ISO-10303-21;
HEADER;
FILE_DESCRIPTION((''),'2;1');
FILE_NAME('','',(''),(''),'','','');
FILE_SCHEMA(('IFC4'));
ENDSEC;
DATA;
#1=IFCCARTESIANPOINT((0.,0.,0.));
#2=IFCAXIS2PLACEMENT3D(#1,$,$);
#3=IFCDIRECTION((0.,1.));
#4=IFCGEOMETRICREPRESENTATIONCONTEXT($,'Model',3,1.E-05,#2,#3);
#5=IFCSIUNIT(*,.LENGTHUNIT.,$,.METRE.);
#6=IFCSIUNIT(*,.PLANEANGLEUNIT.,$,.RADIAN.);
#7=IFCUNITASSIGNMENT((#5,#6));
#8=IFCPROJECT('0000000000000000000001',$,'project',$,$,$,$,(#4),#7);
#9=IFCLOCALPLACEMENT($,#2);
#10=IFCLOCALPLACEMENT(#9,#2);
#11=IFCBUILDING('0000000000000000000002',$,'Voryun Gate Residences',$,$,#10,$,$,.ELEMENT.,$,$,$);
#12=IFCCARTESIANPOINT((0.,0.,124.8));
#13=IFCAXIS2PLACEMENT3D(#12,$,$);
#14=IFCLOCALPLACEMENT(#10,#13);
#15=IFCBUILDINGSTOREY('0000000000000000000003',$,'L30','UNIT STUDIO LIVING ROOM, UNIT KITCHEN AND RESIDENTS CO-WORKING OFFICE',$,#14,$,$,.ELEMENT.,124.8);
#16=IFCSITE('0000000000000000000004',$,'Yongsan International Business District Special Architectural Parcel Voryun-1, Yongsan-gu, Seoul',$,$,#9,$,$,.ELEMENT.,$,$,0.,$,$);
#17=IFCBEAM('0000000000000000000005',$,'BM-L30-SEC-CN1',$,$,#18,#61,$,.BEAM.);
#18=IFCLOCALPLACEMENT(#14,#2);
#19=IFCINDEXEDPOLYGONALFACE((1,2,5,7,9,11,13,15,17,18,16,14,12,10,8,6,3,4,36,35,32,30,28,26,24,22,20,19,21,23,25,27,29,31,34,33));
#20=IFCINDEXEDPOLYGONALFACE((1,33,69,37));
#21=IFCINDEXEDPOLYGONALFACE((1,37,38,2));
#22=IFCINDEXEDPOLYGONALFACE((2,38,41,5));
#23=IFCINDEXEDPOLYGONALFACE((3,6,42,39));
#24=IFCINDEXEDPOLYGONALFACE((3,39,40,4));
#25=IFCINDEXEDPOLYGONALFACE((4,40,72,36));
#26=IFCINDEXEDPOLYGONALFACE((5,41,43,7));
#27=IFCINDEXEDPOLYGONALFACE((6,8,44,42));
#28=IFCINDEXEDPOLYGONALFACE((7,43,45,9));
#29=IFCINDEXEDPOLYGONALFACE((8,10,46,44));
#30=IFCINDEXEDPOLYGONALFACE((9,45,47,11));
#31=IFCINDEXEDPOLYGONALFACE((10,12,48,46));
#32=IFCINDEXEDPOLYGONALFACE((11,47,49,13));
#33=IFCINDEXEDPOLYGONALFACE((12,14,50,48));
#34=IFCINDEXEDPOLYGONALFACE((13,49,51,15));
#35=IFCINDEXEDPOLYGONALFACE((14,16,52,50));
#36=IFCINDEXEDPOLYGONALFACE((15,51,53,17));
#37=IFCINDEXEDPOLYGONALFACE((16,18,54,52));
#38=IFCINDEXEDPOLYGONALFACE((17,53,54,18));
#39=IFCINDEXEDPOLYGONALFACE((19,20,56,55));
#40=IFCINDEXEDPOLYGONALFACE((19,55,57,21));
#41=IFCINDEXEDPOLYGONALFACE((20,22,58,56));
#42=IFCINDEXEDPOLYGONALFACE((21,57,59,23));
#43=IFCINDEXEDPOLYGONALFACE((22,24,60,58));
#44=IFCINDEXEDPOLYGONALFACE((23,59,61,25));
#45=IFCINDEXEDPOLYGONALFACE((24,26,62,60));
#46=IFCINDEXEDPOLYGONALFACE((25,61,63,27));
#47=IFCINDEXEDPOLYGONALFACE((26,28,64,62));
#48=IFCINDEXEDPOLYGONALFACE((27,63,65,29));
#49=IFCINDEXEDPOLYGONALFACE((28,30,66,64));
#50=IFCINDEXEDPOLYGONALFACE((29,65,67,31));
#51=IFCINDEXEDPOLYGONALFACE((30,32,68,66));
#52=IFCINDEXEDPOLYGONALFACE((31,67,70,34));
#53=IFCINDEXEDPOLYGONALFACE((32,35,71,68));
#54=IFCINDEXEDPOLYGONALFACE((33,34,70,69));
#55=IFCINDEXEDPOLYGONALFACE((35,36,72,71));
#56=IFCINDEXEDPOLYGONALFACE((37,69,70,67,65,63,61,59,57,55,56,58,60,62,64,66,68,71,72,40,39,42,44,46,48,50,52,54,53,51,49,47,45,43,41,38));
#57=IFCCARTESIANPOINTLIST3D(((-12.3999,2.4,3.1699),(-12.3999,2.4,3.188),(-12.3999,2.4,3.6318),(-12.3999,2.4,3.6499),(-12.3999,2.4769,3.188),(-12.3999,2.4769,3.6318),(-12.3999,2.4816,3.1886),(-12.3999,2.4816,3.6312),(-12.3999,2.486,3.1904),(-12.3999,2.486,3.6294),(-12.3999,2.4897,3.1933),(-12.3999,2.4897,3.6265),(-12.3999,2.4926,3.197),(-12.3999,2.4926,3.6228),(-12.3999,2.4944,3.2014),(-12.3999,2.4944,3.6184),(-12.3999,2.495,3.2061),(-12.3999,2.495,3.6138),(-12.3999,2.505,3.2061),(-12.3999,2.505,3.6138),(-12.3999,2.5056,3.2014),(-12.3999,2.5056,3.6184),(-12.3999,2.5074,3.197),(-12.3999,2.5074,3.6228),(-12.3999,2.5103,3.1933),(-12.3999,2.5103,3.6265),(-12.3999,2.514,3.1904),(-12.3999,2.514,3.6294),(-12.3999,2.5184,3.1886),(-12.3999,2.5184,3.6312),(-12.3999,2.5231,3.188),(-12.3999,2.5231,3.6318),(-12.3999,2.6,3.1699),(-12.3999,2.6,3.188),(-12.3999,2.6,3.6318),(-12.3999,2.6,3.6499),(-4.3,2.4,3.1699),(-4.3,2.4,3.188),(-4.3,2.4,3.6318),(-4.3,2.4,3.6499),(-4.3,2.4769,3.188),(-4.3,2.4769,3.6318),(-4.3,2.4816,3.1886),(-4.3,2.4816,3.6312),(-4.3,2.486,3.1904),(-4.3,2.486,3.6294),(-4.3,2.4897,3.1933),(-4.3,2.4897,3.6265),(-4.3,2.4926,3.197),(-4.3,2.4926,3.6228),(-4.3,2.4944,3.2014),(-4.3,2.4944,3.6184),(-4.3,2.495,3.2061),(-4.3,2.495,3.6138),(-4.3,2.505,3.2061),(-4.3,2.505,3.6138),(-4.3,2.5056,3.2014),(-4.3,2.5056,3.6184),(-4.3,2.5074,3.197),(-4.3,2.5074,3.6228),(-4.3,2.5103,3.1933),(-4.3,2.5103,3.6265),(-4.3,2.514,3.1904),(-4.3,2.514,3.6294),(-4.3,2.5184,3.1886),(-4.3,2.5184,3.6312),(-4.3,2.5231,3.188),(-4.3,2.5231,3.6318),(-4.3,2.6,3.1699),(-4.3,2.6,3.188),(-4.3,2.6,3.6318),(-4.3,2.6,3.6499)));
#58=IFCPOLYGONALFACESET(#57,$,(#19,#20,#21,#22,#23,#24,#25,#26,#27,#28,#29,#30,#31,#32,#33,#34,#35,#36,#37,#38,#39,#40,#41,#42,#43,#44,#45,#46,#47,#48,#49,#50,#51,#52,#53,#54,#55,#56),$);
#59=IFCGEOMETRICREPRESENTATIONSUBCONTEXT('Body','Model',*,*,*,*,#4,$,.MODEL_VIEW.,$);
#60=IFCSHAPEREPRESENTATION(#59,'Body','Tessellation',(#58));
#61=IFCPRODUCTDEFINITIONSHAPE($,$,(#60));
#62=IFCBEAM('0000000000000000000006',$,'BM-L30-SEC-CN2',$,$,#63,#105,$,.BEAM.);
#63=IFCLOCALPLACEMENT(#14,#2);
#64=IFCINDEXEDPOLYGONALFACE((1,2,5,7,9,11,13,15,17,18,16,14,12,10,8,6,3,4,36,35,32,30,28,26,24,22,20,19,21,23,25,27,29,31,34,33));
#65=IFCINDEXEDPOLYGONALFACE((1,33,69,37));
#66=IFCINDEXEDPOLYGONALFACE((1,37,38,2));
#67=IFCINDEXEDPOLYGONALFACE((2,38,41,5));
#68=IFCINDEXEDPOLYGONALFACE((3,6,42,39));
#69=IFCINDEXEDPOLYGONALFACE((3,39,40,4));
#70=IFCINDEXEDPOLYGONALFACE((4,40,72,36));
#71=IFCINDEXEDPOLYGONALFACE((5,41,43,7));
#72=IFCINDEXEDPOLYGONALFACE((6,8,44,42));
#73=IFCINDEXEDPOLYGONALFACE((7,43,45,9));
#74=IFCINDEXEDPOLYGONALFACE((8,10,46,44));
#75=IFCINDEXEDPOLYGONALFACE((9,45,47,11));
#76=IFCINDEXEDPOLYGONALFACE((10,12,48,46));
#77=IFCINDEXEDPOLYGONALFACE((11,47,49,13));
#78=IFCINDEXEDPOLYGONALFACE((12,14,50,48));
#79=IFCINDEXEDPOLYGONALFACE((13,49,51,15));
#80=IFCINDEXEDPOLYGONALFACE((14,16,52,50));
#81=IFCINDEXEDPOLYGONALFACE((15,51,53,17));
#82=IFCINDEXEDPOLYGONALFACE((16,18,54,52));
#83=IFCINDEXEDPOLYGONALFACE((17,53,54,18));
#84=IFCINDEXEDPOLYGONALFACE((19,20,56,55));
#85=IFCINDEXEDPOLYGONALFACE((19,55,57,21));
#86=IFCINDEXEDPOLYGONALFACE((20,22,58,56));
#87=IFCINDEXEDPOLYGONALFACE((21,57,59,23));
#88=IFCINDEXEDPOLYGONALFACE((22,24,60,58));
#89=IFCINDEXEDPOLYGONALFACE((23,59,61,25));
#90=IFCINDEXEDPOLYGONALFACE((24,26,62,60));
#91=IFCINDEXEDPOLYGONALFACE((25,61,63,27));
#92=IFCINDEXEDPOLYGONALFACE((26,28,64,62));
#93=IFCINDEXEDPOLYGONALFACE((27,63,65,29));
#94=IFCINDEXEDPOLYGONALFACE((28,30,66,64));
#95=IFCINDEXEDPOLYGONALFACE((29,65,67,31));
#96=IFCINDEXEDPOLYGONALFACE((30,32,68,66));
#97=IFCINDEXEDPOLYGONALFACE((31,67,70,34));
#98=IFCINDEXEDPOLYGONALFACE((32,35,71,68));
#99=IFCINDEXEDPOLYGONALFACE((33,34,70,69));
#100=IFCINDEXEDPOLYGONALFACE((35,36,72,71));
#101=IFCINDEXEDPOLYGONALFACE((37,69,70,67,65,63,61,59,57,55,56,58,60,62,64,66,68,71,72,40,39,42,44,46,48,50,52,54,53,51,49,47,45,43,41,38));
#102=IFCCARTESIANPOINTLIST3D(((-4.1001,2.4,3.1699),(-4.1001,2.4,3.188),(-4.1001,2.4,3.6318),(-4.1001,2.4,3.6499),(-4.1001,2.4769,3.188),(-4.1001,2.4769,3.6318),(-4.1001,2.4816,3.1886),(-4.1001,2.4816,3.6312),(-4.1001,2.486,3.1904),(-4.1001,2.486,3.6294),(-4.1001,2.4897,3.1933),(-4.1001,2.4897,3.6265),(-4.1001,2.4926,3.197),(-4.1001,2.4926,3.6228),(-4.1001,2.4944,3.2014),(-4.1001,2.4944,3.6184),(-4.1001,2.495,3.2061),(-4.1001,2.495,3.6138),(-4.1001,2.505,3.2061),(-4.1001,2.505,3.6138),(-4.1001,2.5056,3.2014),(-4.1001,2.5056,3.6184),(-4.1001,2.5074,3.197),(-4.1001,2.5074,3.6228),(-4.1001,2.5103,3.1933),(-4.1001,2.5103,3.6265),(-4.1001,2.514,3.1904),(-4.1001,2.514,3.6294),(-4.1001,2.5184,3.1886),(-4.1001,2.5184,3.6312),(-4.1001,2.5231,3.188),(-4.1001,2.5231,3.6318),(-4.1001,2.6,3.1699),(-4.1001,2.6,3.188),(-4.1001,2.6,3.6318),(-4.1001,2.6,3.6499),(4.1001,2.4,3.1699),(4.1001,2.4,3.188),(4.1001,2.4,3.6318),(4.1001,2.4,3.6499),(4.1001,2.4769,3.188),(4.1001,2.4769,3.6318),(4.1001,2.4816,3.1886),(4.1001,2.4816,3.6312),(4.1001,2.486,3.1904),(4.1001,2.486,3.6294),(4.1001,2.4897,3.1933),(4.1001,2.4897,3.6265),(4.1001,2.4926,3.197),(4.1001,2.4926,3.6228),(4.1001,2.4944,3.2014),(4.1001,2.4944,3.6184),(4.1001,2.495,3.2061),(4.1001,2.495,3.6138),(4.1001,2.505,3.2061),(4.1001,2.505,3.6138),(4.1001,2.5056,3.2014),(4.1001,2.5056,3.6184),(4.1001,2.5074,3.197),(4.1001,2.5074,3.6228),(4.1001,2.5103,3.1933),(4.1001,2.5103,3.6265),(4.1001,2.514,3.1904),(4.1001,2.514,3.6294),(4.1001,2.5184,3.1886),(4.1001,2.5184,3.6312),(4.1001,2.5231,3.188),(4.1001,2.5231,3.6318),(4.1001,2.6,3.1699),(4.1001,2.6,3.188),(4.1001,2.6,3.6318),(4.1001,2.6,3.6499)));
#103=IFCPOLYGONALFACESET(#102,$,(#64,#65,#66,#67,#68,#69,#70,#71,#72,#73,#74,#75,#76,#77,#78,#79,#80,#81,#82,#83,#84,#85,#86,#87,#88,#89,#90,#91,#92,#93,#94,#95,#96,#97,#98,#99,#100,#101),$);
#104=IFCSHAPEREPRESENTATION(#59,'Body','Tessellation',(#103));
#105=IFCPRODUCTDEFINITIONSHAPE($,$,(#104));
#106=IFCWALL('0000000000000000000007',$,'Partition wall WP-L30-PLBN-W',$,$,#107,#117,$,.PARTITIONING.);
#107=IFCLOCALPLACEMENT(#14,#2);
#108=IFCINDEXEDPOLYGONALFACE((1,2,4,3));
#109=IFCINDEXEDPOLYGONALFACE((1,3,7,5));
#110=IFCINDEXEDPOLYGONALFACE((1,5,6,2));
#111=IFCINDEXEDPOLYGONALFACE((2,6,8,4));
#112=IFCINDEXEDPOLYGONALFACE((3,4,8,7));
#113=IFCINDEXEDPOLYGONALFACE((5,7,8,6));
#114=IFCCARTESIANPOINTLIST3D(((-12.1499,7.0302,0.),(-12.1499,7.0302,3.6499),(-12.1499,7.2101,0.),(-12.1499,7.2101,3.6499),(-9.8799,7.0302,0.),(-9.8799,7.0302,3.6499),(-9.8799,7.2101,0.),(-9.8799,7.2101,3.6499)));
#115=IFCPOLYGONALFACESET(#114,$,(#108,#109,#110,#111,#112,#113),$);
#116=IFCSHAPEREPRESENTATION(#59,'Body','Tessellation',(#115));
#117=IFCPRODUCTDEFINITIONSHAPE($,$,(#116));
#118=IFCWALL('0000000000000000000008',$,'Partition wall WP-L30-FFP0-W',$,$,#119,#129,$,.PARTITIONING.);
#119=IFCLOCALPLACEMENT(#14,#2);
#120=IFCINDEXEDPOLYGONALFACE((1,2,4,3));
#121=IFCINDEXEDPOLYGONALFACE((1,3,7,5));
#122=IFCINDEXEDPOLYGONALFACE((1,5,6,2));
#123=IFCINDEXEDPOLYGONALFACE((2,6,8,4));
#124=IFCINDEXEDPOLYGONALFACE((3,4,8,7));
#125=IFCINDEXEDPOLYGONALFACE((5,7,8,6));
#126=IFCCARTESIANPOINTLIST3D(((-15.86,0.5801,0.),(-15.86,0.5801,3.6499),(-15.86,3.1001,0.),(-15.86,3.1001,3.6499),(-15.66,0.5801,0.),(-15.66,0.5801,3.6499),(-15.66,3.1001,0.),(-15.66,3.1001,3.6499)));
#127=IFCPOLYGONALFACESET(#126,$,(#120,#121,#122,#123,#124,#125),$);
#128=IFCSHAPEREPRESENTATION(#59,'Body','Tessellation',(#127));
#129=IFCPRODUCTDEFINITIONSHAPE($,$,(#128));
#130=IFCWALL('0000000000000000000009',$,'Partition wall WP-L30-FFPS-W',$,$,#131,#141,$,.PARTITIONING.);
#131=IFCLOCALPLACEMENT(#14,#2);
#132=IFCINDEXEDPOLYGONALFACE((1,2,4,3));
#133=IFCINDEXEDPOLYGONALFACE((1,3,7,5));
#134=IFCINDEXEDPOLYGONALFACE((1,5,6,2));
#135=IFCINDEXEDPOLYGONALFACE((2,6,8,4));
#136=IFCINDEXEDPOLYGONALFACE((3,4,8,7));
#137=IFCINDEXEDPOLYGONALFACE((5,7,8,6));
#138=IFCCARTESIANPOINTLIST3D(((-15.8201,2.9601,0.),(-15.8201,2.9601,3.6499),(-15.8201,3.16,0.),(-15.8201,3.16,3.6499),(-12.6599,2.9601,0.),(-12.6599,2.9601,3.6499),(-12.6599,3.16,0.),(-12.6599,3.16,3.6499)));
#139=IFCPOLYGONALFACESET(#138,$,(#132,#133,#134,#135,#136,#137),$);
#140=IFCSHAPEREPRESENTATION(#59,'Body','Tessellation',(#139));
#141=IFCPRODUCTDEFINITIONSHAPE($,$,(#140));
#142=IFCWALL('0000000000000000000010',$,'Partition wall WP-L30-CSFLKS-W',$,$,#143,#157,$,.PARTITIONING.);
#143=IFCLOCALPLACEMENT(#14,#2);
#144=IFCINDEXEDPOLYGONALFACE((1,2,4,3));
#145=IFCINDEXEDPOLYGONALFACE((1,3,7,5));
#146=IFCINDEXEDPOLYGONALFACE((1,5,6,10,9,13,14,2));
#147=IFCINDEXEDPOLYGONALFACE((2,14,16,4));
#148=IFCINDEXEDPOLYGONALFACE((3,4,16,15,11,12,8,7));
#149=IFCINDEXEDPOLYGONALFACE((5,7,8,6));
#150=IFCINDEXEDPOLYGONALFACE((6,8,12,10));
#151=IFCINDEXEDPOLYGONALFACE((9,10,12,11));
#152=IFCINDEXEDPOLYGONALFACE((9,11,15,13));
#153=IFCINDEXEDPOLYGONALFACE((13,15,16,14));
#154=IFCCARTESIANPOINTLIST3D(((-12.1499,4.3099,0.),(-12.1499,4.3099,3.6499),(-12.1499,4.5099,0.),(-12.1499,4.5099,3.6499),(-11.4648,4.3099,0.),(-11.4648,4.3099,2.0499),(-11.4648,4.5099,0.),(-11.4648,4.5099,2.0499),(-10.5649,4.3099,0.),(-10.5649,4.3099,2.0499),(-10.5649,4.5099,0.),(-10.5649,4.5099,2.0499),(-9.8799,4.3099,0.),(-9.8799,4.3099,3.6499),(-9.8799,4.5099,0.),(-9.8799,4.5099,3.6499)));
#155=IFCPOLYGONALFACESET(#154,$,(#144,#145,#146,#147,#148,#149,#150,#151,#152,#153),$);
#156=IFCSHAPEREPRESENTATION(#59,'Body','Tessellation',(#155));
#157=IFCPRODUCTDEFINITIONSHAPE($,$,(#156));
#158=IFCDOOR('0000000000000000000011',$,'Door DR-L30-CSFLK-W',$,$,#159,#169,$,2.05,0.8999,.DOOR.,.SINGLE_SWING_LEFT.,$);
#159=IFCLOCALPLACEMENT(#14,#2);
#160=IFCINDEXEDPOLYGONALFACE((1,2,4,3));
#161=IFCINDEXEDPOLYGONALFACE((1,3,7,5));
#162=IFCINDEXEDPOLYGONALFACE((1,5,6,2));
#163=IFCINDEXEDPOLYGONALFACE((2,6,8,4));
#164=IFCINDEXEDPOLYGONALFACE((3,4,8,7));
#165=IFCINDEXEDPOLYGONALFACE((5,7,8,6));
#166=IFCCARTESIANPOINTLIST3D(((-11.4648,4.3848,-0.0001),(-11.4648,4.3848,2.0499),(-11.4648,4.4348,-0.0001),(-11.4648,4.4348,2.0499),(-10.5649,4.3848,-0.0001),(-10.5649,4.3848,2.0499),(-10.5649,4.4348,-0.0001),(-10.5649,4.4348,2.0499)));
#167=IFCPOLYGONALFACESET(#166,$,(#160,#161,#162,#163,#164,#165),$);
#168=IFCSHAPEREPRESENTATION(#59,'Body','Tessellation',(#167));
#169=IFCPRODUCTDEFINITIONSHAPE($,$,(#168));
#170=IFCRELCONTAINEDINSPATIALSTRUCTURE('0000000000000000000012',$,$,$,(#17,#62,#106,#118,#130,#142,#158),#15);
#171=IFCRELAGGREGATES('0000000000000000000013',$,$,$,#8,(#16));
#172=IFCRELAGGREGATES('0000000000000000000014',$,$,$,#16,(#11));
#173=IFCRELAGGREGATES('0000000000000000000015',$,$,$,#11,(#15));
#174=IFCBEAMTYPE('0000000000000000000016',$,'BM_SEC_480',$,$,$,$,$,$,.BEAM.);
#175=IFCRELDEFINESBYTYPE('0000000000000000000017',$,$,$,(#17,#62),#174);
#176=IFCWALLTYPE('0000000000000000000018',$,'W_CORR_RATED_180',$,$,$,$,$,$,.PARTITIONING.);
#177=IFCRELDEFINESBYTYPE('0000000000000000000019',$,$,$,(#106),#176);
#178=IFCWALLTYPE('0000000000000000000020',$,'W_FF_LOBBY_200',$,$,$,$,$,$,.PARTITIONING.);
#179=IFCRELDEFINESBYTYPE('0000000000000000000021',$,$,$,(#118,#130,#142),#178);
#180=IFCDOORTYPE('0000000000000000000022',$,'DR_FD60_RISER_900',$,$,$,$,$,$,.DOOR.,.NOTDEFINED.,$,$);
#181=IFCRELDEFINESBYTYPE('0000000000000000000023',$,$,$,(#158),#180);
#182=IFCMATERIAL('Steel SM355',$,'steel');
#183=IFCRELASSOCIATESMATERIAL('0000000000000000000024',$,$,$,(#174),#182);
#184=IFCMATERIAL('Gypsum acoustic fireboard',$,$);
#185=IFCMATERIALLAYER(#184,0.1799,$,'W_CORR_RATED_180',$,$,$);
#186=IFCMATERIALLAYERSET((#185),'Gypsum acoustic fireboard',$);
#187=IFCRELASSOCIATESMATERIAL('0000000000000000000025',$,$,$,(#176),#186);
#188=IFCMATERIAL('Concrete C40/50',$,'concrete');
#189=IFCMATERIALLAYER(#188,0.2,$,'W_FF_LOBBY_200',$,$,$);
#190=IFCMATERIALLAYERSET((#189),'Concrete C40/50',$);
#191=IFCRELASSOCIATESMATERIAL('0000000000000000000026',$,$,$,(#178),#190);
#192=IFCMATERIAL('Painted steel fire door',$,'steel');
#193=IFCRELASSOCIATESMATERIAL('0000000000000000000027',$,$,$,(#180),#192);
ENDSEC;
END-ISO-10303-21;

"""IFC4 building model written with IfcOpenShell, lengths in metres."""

from ifc_helpers import new_model, si_unit, direction, frame, frame_2d, origin, origin_2d, place, context, subcontext, project, spatial, rectangle, i_section, extrude, material, layer, layer_set, material_profile, profile_set, type_object, element, fill, save


model = new_model("IFC4")

# Units and contexts
model_context = context("Model", 3, precision=1e-05, world=origin(), true_north=direction((0.0, 1.0)))
body_context = subcontext(model_context, "Body", "Model", "MODEL_VIEW")
ifc_project = project(units=[si_unit("LENGTHUNIT", "METRE"), si_unit("PLANEANGLEUNIT", "RADIAN")], contexts=[model_context])

# Site, building, storey
site_placement = place(None, origin())
site = spatial("IfcSite", under=ifc_project, at=site_placement, Name="Yongsan International Business District Special Architectural Parcel Voryun-1, Yongsan-gu, Seoul", CompositionType="ELEMENT", RefElevation=0.0)
building_placement = place(site_placement, origin())
building = spatial("IfcBuilding", under=site, at=building_placement, Name="Voryun Gate Residences", CompositionType="ELEMENT")
storey_placement = place(building_placement, frame((0.0, 0.0, 124.8)))
storey = spatial("IfcBuildingStorey", under=building, at=storey_placement, Name="L30", Description="UNIT STUDIO LIVING ROOM, UNIT KITCHEN AND RESIDENTS CO-WORKING OFFICE", CompositionType="ELEMENT", Elevation=124.8)

# Beams
ifc_material_1 = material(Name="Steel SM355", Category="steel")
ifc_material_profile_1 = material_profile(ifc_material_1, i_section(OverallWidth=0.2, OverallDepth=0.48, WebThickness=0.01, FlangeThickness=0.0181, FilletRadius=0.0181, at=origin_2d()), Name="H-480x200x10x18")
ifc_profile_set_1 = profile_set([ifc_material_profile_1], Name="Steel SM355")
beam_type_1 = type_object("IfcBeamType", Name="BM_SEC_480", PredefinedType="BEAM", material=ifc_profile_set_1)
beam_1_placement = place(storey_placement, frame((-12.3999, 2.5, 3.4099), z_axis=(1.0, 0.0, 0.0), x_axis=(0.0, 1.0, 0.0)))
element("IfcBeam", 1, at=beam_1_placement, inside=storey, type_object=beam_type_1, Name="BM-L30-SEC-CN1", PredefinedType="BEAM", context=body_context, shape_type="SweptSolid", body=[
    extrude(i_section(OverallWidth=0.2, OverallDepth=0.48, WebThickness=0.01, FlangeThickness=0.0181, FilletRadius=0.0181, at=origin_2d()), origin(), (0.0, 0.0, 1.0), 8.0999),
])
beam_2_placement = place(storey_placement, frame((-4.1001, 2.5, 3.4099), z_axis=(1.0, 0.0, 0.0), x_axis=(0.0, 1.0, 0.0)))
element("IfcBeam", 2, at=beam_2_placement, inside=storey, type_object=beam_type_1, Name="BM-L30-SEC-CN2", PredefinedType="BEAM", context=body_context, shape_type="SweptSolid", body=[
    extrude(i_section(OverallWidth=0.2, OverallDepth=0.48, WebThickness=0.01, FlangeThickness=0.0181, FilletRadius=0.0181, at=origin_2d()), origin(), (0.0, 0.0, 1.0), 8.2002),
])

# Walls
ifc_material_2 = material(Name="Gypsum acoustic fireboard")
ifc_layer_1 = layer(ifc_material_2, 0.1799, Name="W_CORR_RATED_180")
ifc_layer_set_1 = layer_set([ifc_layer_1], Name="Gypsum acoustic fireboard")
wall_type_1 = type_object("IfcWallType", Name="W_CORR_RATED_180", PredefinedType="PARTITIONING", material=ifc_layer_set_1)
wall_1_placement = place(storey_placement, frame((-12.1499, 7.1201, 0.0), z_axis=(0.0, 0.0, 1.0), x_axis=(1.0, 0.0, 0.0)))
element("IfcWall", 3, at=wall_1_placement, inside=storey, type_object=wall_type_1, Name="Partition wall WP-L30-PLBN-W", PredefinedType="PARTITIONING", context=body_context, shape_type="SweptSolid", body=[
    extrude(rectangle(XDim=2.27, YDim=0.1799, at=frame_2d((1.135, 0.0))), origin(), (0.0, 0.0, 1.0), 3.6499),
])
ifc_material_3 = material(Name="Concrete C40/50", Category="concrete")
ifc_layer_2 = layer(ifc_material_3, 0.2, Name="W_FF_LOBBY_200")
ifc_layer_set_2 = layer_set([ifc_layer_2], Name="Concrete C40/50")
wall_type_2 = type_object("IfcWallType", Name="W_FF_LOBBY_200", PredefinedType="PARTITIONING", material=ifc_layer_set_2)
wall_2_placement = place(storey_placement, frame((-15.76, 0.5801, 0.0), z_axis=(0.0, 0.0, 1.0), x_axis=(0.0, 1.0, 0.0)))
element("IfcWall", 4, at=wall_2_placement, inside=storey, type_object=wall_type_2, Name="Partition wall WP-L30-FFP0-W", PredefinedType="PARTITIONING", context=body_context, shape_type="SweptSolid", body=[
    extrude(rectangle(XDim=2.52, YDim=0.2, at=frame_2d((1.26, 0.0))), origin(), (0.0, 0.0, 1.0), 3.6499),
])
wall_3_placement = place(storey_placement, frame((-15.8201, 3.0601, 0.0), z_axis=(0.0, 0.0, 1.0), x_axis=(1.0, 0.0, 0.0)))
element("IfcWall", 5, at=wall_3_placement, inside=storey, type_object=wall_type_2, Name="Partition wall WP-L30-FFPS-W", PredefinedType="PARTITIONING", context=body_context, shape_type="SweptSolid", body=[
    extrude(rectangle(XDim=3.1602, YDim=0.2, at=frame_2d((1.5801, 0.0))), origin(), (0.0, 0.0, 1.0), 3.6499),
])

# Wall, opening, door
wall_4_placement = place(storey_placement, frame((-12.1499, 4.4099, 0.0), z_axis=(0.0, 0.0, 1.0), x_axis=(1.0, 0.0, 0.0)))
wall_4 = element("IfcWall", 6, at=wall_4_placement, inside=storey, type_object=wall_type_2, Name="Partition wall WP-L30-CSFLKS-W", PredefinedType="PARTITIONING", context=body_context, shape_type="SweptSolid", body=[
    extrude(rectangle(XDim=2.27, YDim=0.2, at=frame_2d((1.135, 0.0))), origin(), (0.0, 0.0, 1.0), 3.6499),
])
opening_1_placement = place(wall_4_placement, frame((0.6851, 0.0, 0.0)))
opening_1 = element("IfcOpeningElement", 7, at=opening_1_placement, cuts=wall_4, PredefinedType="OPENING", context=body_context, shape_type="SweptSolid", body=[
    extrude(rectangle(XDim=0.8999, YDim=2.05, at=frame_2d((0.45, 1.0249))), frame((0.0, 0.1101, 0.0), z_axis=(0.0, -1.0, 0.0), x_axis=(1.0, 0.0, 0.0)), (0.0, 0.0, 1.0), 0.22),
])
ifc_material_4 = material(Name="Painted steel fire door", Category="steel")
door_type_1 = type_object("IfcDoorType", Name="DR_FD60_RISER_900", OperationType="NOTDEFINED", PredefinedType="DOOR", material=ifc_material_4)
door_1_placement = place(opening_1_placement, origin())
door_1 = element("IfcDoor", 8, at=door_1_placement, inside=storey, type_object=door_type_1, Name="Door DR-L30-CSFLK-W", OperationType="SINGLE_SWING_LEFT", OverallHeight=2.05, OverallWidth=0.8999, PredefinedType="DOOR", context=body_context, shape_type="SweptSolid", body=[
    extrude(rectangle(XDim=0.8999, YDim=2.05, at=frame_2d((0.45, 1.0249))), frame((0.0, 0.0249, 0.0), z_axis=(0.0, -1.0, 0.0), x_axis=(1.0, 0.0, 0.0)), (0.0, 0.0, 1.0), 0.05),
])
fill(opening_1, door_1)

save(model, "model.ifc")
